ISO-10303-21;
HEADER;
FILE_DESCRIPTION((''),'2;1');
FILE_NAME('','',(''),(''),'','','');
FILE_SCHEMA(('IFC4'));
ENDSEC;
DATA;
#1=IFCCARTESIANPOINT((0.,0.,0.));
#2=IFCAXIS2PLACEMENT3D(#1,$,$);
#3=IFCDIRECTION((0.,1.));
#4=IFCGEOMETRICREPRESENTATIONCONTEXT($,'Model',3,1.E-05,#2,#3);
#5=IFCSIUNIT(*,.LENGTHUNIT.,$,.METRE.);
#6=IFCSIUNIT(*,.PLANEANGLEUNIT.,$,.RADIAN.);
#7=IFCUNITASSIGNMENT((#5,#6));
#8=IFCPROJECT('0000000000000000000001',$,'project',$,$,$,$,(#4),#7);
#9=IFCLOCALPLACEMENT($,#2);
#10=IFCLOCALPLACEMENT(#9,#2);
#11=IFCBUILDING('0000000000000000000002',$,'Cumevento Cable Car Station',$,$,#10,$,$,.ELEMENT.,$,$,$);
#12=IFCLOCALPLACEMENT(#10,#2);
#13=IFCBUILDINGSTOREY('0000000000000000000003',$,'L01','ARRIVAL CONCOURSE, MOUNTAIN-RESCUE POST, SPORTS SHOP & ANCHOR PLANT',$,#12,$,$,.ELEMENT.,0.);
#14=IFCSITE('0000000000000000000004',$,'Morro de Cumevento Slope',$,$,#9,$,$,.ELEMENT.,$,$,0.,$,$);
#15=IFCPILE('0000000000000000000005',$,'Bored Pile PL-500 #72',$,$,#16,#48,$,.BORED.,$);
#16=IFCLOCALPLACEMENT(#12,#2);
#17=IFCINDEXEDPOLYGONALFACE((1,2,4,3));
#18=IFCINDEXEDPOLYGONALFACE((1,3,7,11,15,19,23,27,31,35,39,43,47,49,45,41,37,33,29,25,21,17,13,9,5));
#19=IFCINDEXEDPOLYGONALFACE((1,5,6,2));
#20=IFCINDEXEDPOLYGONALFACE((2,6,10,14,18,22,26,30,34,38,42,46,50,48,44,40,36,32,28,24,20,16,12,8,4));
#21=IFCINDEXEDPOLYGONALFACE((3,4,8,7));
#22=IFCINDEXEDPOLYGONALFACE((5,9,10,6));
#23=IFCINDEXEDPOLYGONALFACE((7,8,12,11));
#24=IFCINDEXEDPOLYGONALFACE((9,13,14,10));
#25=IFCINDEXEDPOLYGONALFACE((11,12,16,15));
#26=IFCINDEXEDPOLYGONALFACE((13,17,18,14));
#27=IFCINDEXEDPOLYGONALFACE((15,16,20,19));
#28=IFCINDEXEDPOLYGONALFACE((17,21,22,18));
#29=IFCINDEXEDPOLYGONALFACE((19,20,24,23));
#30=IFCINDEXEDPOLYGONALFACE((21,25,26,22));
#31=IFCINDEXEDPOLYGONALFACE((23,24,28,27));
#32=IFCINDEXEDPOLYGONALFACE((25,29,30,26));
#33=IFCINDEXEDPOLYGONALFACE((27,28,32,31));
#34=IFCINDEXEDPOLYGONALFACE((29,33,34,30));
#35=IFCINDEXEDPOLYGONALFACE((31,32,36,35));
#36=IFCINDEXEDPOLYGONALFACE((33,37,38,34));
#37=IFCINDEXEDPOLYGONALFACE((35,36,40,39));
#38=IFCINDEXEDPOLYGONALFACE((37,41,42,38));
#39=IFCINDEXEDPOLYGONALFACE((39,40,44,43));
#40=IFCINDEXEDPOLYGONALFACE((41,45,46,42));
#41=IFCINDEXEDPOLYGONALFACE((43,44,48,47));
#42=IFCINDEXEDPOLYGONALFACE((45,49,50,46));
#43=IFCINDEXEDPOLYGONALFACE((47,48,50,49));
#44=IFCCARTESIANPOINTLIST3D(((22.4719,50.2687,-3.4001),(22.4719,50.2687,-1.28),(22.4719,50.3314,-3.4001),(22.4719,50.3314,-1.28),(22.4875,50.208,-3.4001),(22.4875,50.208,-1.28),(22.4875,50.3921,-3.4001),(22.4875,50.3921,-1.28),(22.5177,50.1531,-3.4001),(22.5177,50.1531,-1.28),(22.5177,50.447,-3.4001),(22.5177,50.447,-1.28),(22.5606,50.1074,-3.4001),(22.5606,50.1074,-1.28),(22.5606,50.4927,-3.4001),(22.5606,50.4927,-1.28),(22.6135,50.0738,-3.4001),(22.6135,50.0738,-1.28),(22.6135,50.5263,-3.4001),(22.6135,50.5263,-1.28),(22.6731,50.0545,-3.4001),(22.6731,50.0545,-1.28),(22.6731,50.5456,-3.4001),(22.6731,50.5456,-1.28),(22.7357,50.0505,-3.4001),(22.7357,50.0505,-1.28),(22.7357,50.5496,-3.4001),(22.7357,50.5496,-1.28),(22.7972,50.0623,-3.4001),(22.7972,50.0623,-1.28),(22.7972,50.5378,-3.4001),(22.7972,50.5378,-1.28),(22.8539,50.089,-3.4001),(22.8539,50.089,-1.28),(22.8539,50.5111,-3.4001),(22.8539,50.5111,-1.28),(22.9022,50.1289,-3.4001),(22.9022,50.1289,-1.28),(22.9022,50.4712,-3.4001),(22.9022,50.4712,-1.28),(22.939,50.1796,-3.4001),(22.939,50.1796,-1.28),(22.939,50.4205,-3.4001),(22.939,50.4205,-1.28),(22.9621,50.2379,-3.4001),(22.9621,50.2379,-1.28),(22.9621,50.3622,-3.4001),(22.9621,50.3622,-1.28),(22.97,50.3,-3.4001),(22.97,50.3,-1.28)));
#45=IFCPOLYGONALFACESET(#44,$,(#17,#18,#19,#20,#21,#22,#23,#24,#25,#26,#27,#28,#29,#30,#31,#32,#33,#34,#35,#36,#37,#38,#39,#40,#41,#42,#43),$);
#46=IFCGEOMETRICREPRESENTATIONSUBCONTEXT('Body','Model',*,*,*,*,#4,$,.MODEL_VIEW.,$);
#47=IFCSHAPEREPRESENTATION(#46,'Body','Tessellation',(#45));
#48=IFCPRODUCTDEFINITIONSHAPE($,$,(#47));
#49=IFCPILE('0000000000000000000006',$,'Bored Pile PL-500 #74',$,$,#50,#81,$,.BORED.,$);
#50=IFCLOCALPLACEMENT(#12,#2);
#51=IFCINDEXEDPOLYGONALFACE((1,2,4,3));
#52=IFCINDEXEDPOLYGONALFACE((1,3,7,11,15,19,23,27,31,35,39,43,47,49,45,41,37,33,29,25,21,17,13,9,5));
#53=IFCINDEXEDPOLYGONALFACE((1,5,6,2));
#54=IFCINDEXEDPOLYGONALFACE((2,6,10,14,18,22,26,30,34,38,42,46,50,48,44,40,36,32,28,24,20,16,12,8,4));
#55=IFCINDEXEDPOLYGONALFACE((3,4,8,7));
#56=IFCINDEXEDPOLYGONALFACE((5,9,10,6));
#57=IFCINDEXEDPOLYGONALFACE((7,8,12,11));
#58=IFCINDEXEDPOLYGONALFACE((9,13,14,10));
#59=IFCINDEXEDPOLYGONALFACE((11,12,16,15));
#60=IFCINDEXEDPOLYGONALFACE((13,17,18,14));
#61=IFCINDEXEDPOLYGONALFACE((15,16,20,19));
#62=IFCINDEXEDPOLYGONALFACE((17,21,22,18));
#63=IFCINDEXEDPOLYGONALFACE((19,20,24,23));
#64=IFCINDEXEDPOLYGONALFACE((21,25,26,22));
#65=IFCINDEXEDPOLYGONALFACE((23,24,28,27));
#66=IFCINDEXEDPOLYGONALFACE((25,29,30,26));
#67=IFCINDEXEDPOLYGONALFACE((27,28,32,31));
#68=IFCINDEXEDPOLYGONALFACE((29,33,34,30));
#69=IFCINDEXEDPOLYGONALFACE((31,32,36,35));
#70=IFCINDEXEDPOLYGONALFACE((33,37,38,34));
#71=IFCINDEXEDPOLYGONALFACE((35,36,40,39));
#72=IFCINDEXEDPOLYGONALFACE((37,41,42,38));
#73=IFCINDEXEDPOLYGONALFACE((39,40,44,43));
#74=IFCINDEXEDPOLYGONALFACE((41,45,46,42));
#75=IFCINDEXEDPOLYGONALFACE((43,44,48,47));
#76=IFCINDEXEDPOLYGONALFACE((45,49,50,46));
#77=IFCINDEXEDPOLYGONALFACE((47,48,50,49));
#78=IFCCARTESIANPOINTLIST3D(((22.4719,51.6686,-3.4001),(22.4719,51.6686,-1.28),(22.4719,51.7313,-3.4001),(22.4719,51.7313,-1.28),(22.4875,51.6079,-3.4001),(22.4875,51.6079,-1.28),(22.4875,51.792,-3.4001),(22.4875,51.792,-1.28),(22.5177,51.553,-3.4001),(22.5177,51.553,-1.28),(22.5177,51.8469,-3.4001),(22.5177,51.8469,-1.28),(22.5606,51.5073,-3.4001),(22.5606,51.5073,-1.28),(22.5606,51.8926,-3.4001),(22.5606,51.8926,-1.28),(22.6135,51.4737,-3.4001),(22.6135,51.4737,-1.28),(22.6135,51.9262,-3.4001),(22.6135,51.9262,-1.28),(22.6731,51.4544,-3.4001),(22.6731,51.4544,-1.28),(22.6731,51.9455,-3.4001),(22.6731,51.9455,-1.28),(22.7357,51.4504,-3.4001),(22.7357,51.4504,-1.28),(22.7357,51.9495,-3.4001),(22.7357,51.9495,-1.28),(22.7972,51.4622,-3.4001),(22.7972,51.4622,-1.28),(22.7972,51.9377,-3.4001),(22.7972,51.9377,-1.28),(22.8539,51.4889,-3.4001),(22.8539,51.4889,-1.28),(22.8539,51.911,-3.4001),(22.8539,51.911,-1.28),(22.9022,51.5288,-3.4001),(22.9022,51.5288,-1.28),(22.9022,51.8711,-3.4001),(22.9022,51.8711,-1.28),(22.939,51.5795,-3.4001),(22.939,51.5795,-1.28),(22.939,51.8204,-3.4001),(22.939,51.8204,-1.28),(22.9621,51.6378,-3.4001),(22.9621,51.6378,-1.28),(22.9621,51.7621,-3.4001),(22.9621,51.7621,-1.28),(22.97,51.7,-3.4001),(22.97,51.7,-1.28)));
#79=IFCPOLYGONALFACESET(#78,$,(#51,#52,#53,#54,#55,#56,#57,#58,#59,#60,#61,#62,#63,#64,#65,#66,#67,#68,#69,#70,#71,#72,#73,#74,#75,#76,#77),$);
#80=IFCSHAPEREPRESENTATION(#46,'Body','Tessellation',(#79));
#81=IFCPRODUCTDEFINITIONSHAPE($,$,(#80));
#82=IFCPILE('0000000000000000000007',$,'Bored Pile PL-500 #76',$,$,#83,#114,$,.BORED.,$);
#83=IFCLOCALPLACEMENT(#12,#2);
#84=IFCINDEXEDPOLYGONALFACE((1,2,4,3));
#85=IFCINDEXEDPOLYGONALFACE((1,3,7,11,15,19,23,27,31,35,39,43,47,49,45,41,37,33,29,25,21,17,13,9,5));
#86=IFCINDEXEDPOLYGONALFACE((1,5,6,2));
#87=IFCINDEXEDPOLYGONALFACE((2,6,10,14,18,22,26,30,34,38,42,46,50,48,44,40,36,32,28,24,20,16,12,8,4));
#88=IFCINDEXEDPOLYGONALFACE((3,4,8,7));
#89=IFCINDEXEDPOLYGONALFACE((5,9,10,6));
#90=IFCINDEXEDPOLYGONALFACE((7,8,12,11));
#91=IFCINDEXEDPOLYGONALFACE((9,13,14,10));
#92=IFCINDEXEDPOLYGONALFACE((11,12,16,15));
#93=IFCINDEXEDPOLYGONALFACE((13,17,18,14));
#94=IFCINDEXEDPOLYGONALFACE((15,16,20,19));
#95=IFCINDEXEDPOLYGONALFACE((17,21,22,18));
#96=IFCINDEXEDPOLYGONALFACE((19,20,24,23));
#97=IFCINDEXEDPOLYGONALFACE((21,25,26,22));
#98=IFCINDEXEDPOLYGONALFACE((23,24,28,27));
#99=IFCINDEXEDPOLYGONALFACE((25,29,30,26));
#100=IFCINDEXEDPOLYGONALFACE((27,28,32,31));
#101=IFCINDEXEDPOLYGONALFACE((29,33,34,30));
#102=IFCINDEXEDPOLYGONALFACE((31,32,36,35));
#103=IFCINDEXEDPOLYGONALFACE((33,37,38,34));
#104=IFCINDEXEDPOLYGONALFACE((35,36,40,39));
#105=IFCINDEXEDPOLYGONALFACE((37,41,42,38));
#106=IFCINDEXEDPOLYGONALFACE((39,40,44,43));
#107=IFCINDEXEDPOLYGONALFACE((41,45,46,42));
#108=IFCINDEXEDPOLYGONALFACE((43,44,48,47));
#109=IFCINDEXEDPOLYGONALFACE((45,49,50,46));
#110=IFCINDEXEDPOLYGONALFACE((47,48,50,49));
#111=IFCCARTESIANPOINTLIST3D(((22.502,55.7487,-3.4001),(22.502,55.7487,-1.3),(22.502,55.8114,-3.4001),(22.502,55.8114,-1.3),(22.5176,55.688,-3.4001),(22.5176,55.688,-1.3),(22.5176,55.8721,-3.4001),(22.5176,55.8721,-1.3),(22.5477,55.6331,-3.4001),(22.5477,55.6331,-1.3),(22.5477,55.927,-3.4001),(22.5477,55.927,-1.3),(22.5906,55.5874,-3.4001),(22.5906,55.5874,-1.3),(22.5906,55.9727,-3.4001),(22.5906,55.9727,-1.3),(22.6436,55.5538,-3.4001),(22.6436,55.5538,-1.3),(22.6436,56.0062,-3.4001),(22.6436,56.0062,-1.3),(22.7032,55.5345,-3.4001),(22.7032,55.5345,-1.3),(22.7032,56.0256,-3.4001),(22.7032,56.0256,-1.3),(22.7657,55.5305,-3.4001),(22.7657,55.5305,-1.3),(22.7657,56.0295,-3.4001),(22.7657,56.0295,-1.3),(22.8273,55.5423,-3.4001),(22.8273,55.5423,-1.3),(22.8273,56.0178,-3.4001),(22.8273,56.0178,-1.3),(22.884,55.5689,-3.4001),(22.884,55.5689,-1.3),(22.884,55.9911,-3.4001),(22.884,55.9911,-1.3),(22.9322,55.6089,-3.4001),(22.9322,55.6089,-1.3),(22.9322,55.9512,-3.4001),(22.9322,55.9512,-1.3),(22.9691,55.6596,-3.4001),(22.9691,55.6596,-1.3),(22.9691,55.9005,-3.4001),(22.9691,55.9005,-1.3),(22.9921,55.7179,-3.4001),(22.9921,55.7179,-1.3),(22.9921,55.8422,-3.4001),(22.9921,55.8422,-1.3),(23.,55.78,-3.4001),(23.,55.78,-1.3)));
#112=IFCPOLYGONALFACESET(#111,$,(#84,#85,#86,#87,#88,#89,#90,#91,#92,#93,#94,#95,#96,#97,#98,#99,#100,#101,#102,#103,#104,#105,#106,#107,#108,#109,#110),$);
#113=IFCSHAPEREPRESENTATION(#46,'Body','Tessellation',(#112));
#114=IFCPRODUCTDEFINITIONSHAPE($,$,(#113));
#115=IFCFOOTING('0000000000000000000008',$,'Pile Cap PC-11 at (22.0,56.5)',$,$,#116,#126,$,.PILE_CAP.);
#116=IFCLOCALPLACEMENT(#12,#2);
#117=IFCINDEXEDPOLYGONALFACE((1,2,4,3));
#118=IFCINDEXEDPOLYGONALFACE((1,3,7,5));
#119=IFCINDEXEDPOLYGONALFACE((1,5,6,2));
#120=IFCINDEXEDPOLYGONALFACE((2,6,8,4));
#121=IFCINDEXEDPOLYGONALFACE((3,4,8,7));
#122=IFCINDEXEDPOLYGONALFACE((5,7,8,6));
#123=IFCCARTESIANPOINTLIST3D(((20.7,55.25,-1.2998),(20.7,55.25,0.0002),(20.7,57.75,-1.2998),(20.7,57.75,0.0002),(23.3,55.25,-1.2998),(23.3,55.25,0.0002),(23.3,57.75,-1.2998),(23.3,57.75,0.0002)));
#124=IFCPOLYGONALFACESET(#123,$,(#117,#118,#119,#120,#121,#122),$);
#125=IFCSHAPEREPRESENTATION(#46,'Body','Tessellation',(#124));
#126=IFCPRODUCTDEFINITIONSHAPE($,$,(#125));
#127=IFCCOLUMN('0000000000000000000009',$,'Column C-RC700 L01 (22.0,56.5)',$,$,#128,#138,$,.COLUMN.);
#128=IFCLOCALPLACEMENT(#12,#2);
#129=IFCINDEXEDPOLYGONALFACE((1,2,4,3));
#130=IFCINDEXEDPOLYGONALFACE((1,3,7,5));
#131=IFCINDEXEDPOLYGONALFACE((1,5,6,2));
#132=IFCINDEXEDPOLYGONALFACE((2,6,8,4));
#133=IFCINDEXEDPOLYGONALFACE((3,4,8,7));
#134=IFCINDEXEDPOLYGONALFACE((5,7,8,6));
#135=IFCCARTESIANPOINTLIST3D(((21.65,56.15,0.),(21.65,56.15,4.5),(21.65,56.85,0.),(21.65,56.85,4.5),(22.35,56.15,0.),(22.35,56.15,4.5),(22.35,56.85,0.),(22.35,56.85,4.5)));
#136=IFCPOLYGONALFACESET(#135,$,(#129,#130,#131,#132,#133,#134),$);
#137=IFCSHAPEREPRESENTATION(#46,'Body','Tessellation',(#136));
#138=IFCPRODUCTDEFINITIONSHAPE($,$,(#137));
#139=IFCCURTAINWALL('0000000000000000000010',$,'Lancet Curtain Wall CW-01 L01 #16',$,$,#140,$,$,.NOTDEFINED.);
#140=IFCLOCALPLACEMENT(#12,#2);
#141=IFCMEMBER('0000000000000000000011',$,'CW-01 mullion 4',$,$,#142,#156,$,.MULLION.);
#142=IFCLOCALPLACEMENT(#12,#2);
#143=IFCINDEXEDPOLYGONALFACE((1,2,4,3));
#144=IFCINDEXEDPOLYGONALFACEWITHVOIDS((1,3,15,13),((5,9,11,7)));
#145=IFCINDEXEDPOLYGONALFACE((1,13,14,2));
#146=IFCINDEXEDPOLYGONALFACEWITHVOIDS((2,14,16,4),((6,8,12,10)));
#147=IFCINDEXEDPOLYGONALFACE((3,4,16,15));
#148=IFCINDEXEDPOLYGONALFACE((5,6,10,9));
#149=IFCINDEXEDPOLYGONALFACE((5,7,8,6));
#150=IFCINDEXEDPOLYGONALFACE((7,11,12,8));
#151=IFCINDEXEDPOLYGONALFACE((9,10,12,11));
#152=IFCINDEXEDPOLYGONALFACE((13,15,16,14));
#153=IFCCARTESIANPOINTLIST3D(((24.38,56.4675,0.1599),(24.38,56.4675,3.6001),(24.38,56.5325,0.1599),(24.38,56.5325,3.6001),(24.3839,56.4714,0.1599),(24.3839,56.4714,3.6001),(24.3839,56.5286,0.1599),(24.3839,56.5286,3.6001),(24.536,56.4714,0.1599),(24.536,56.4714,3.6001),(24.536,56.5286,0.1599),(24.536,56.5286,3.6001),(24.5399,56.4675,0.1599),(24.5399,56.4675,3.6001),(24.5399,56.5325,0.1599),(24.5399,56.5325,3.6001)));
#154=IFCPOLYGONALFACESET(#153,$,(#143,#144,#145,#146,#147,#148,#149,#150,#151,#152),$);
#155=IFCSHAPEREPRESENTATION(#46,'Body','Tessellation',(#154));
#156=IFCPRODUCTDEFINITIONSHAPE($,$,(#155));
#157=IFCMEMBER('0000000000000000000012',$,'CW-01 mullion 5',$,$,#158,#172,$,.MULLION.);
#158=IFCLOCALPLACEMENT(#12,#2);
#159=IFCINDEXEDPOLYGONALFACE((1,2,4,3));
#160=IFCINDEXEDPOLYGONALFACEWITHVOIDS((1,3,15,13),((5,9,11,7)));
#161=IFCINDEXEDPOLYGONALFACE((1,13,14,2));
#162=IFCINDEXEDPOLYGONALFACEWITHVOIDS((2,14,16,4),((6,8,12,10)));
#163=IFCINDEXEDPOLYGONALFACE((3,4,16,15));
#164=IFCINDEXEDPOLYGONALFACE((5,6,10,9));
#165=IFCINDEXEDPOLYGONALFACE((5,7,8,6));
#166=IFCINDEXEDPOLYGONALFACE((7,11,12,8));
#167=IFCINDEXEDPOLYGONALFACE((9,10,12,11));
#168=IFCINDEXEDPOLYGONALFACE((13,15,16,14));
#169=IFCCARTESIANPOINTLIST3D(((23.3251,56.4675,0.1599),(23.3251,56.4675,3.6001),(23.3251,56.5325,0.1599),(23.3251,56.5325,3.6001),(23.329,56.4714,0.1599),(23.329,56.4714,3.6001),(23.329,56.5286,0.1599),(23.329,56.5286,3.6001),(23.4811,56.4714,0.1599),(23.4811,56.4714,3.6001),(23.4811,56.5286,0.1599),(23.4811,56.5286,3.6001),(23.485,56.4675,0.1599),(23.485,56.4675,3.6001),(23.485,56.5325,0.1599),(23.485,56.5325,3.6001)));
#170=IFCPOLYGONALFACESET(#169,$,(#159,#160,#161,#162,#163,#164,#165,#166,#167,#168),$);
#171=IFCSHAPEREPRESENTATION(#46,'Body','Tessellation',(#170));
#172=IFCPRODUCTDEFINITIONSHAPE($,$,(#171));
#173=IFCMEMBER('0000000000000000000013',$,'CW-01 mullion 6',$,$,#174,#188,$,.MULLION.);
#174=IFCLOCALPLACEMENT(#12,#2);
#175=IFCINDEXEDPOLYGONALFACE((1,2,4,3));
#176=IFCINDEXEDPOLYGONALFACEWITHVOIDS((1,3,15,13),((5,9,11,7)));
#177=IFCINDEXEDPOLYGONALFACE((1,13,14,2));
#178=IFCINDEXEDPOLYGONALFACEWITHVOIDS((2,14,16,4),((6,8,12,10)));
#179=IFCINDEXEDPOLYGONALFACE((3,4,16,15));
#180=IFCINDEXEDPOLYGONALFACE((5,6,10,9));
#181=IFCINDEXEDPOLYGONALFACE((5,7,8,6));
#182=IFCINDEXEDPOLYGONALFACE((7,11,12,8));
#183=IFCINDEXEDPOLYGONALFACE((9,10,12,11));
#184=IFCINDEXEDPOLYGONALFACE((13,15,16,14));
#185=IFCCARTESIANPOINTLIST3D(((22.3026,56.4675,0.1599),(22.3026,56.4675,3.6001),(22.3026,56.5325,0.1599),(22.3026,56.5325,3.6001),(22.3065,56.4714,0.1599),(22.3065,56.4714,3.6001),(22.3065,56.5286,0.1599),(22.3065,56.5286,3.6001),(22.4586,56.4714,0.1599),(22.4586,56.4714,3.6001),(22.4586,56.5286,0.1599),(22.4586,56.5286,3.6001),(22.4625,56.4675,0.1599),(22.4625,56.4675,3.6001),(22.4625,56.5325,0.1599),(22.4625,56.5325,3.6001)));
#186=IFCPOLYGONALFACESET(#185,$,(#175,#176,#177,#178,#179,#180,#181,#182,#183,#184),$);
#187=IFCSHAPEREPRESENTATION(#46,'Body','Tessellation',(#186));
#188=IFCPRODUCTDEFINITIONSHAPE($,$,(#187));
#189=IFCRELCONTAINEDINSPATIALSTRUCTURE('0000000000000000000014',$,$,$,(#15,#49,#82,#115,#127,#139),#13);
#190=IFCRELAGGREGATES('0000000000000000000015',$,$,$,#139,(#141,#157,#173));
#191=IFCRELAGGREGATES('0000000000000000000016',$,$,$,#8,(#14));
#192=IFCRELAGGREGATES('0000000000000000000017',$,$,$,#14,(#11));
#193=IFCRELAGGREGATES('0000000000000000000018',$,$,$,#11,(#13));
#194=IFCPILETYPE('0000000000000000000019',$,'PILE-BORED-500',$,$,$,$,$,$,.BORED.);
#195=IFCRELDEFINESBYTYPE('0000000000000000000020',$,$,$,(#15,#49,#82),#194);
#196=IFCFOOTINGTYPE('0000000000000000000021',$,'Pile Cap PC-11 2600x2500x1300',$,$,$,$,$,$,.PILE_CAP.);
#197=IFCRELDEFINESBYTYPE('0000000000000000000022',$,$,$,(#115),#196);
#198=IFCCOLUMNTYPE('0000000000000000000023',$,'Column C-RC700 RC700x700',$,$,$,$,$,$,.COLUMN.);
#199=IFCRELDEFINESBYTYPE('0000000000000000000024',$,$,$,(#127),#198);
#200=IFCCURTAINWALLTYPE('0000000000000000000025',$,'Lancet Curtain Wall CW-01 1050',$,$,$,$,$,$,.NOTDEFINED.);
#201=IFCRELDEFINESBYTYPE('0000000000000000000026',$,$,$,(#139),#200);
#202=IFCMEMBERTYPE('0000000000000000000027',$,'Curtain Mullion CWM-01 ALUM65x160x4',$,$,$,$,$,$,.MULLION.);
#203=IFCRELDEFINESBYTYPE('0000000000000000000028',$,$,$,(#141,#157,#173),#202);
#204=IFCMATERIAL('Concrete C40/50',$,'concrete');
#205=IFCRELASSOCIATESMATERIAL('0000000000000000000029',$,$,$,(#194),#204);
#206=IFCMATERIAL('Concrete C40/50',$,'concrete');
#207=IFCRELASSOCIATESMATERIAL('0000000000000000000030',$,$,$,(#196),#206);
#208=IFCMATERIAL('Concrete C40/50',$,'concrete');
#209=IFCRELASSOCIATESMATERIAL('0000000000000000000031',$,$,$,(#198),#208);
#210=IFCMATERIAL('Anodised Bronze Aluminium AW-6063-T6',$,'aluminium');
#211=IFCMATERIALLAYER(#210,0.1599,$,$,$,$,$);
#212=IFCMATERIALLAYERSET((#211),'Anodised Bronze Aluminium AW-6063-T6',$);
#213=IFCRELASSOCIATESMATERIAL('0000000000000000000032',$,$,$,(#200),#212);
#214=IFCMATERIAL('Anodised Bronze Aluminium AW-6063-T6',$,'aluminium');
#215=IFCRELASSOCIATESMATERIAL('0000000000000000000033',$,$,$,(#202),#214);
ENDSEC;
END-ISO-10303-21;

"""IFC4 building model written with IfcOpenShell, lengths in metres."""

from ifc_helpers import new_model, si_unit, direction, frame, origin, origin_2d, place, context, subcontext, project, spatial, rectangle, hollow_rectangle, circle, extrude, material, layer, layer_set, material_profile, profile_set, type_object, element, aggregate, save


model = new_model("IFC4")

# Units and contexts
model_context = context("Model", 3, precision=1e-05, world=origin(), true_north=direction((0.0, 1.0)))
body_context = subcontext(model_context, "Body", "Model", "MODEL_VIEW")
ifc_project = project(units=[si_unit("LENGTHUNIT", "METRE"), si_unit("PLANEANGLEUNIT", "RADIAN")], contexts=[model_context])

# Site, building, storey
site_placement = place(None, origin())
site = spatial("IfcSite", under=ifc_project, at=site_placement, Name="Morro de Cumevento Slope", CompositionType="ELEMENT", RefElevation=0.0)
building_placement = place(site_placement, origin())
building = spatial("IfcBuilding", under=site, at=building_placement, Name="Cumevento Cable Car Station", CompositionType="ELEMENT")
storey_placement = place(building_placement, origin())
storey = spatial("IfcBuildingStorey", under=building, at=storey_placement, Name="L01", Description="ARRIVAL CONCOURSE, MOUNTAIN-RESCUE POST, SPORTS SHOP & ANCHOR PLANT", CompositionType="ELEMENT", Elevation=0.0)

# Piles
ifc_material_1 = material(Name="Concrete C40/50", Category="concrete")
ifc_material_profile_1 = material_profile(ifc_material_1, circle(Radius=0.25, at=origin_2d()), Name="PILE-D500")
ifc_profile_set_1 = profile_set([ifc_material_profile_1], Name="Concrete C40/50")
pile_type = type_object("IfcPileType", Name="PILE-BORED-500", PredefinedType="BORED", material=ifc_profile_set_1)
for number, where, z_axis, x_axis, name in (
    (1, (22.72, 50.3, -1.28), (0.0, 0.0, -1.0), (1.0, 0.0, 0.0), "Bored Pile PL-500 #72"),
    (2, (22.72, 51.7, -1.28), (0.0, 0.0, -1.0), (1.0, 0.0, 0.0), "Bored Pile PL-500 #74"),
):
    element("IfcPile", number, at=place(storey_placement, frame(where, z_axis=z_axis, x_axis=x_axis)), inside=storey, type_object=pile_type, Name=name, PredefinedType="BORED", context=body_context, shape_type="SweptSolid", body=[
        extrude(circle(Radius=0.25, at=origin_2d()), origin(), (0.0, 0.0, 1.0), 2.1201),
    ])
pile_placement = place(storey_placement, frame((22.75, 55.78, -1.3), z_axis=(0.0, 0.0, -1.0), x_axis=(1.0, 0.0, 0.0)))
element("IfcPile", 3, at=pile_placement, inside=storey, type_object=pile_type, Name="Bored Pile PL-500 #76", PredefinedType="BORED", context=body_context, shape_type="SweptSolid", body=[
    extrude(circle(Radius=0.25, at=origin_2d()), origin(), (0.0, 0.0, 1.0), 2.1001),
])

# Footing
ifc_material_2 = material(Name="Concrete C40/50", Category="concrete")
footing_type = type_object("IfcFootingType", Name="Pile Cap PC-11 2600x2500x1300", PredefinedType="PILE_CAP", material=ifc_material_2)
footing_placement = place(storey_placement, frame((22.0, 56.5, -1.2998), z_axis=(0.0, 0.0, 1.0), x_axis=(1.0, 0.0, 0.0)))
element("IfcFooting", 4, at=footing_placement, inside=storey, type_object=footing_type, Name="Pile Cap PC-11 at (22.0,56.5)", PredefinedType="PILE_CAP", context=body_context, shape_type="SweptSolid", body=[
    extrude(rectangle(XDim=2.6001, YDim=2.5, at=origin_2d()), origin(), (0.0, 0.0, 1.0), 1.3),
])

# Column
ifc_material_3 = material(Name="Concrete C40/50", Category="concrete")
ifc_material_profile_2 = material_profile(ifc_material_3, rectangle(XDim=0.7, YDim=0.7, at=origin_2d()), Name="RC700x700")
ifc_profile_set_2 = profile_set([ifc_material_profile_2], Name="Concrete C40/50")
column_type = type_object("IfcColumnType", Name="Column C-RC700 RC700x700", PredefinedType="COLUMN", material=ifc_profile_set_2)
column_placement = place(storey_placement, frame((22.0, 56.5, 0.0), z_axis=(0.0, 0.0, 1.0), x_axis=(1.0, 0.0, 0.0)))
element("IfcColumn", 5, at=column_placement, inside=storey, type_object=column_type, Name="Column C-RC700 L01 (22.0,56.5)", PredefinedType="COLUMN", context=body_context, shape_type="SweptSolid", body=[
    extrude(rectangle(XDim=0.7, YDim=0.7, at=origin_2d()), origin(), (0.0, 0.0, 1.0), 4.5),
])

# Curtain wall, members
ifc_material_4 = material(Name="Anodised Bronze Aluminium AW-6063-T6", Category="aluminium")
ifc_layer_1 = layer(ifc_material_4, 0.1599)
ifc_layer_set_1 = layer_set([ifc_layer_1], Name="Anodised Bronze Aluminium AW-6063-T6")
curtain_wall_type = type_object("IfcCurtainWallType", Name="Lancet Curtain Wall CW-01 1050", PredefinedType="NOTDEFINED", material=ifc_layer_set_1)
curtain_wall_placement = place(storey_placement, origin())
curtain_wall = element("IfcCurtainWall", 6, at=curtain_wall_placement, inside=storey, type_object=curtain_wall_type, Name="Lancet Curtain Wall CW-01 L01 #16", PredefinedType="NOTDEFINED")
ifc_material_5 = material(Name="Anodised Bronze Aluminium AW-6063-T6", Category="aluminium")
ifc_material_profile_3 = material_profile(ifc_material_5, hollow_rectangle(XDim=0.0649, YDim=0.1599, WallThickness=0.0039, at=origin_2d()), Name="ALUM65x160x4")
ifc_profile_set_3 = profile_set([ifc_material_profile_3], Name="Anodised Bronze Aluminium AW-6063-T6")
member_type_1 = type_object("IfcMemberType", Name="Curtain Mullion CWM-01 ALUM65x160x4", PredefinedType="MULLION", material=ifc_profile_set_3)
member_1_placement = place(storey_placement, frame((24.46, 56.5, 0.1599), z_axis=(0.0, 0.0, 1.0), x_axis=(0.0, -1.0, 0.0)))
member_1 = element("IfcMember", 7, at=member_1_placement, type_object=member_type_1, Name="CW-01 mullion 4", PredefinedType="MULLION", context=body_context, shape_type="SweptSolid", body=[
    extrude(hollow_rectangle(XDim=0.0649, YDim=0.1599, WallThickness=0.0039, at=origin_2d()), origin(), (0.0, 0.0, 1.0), 3.4402),
])
member_2_placement = place(storey_placement, frame((23.405, 56.5, 0.1599), z_axis=(0.0, 0.0, 1.0), x_axis=(0.0, -1.0, 0.0)))
member_2 = element("IfcMember", 8, at=member_2_placement, type_object=member_type_1, Name="CW-01 mullion 5", PredefinedType="MULLION", context=body_context, shape_type="SweptSolid", body=[
    extrude(hollow_rectangle(XDim=0.0649, YDim=0.1599, WallThickness=0.0039, at=origin_2d()), origin(), (0.0, 0.0, 1.0), 3.4402),
])
member_3_placement = place(storey_placement, frame((22.3826, 56.5, 0.1599), z_axis=(0.0, 0.0, 1.0), x_axis=(0.0, -1.0, 0.0)))
member_3 = element("IfcMember", 9, at=member_3_placement, type_object=member_type_1, Name="CW-01 mullion 6", PredefinedType="MULLION", context=body_context, shape_type="SweptSolid", body=[
    extrude(hollow_rectangle(XDim=0.0649, YDim=0.1599, WallThickness=0.0039, at=origin_2d()), origin(), (0.0, 0.0, 1.0), 3.4402),
])
aggregate(curtain_wall, [member_1, member_2, member_3])

save(model, "model.ifc")
